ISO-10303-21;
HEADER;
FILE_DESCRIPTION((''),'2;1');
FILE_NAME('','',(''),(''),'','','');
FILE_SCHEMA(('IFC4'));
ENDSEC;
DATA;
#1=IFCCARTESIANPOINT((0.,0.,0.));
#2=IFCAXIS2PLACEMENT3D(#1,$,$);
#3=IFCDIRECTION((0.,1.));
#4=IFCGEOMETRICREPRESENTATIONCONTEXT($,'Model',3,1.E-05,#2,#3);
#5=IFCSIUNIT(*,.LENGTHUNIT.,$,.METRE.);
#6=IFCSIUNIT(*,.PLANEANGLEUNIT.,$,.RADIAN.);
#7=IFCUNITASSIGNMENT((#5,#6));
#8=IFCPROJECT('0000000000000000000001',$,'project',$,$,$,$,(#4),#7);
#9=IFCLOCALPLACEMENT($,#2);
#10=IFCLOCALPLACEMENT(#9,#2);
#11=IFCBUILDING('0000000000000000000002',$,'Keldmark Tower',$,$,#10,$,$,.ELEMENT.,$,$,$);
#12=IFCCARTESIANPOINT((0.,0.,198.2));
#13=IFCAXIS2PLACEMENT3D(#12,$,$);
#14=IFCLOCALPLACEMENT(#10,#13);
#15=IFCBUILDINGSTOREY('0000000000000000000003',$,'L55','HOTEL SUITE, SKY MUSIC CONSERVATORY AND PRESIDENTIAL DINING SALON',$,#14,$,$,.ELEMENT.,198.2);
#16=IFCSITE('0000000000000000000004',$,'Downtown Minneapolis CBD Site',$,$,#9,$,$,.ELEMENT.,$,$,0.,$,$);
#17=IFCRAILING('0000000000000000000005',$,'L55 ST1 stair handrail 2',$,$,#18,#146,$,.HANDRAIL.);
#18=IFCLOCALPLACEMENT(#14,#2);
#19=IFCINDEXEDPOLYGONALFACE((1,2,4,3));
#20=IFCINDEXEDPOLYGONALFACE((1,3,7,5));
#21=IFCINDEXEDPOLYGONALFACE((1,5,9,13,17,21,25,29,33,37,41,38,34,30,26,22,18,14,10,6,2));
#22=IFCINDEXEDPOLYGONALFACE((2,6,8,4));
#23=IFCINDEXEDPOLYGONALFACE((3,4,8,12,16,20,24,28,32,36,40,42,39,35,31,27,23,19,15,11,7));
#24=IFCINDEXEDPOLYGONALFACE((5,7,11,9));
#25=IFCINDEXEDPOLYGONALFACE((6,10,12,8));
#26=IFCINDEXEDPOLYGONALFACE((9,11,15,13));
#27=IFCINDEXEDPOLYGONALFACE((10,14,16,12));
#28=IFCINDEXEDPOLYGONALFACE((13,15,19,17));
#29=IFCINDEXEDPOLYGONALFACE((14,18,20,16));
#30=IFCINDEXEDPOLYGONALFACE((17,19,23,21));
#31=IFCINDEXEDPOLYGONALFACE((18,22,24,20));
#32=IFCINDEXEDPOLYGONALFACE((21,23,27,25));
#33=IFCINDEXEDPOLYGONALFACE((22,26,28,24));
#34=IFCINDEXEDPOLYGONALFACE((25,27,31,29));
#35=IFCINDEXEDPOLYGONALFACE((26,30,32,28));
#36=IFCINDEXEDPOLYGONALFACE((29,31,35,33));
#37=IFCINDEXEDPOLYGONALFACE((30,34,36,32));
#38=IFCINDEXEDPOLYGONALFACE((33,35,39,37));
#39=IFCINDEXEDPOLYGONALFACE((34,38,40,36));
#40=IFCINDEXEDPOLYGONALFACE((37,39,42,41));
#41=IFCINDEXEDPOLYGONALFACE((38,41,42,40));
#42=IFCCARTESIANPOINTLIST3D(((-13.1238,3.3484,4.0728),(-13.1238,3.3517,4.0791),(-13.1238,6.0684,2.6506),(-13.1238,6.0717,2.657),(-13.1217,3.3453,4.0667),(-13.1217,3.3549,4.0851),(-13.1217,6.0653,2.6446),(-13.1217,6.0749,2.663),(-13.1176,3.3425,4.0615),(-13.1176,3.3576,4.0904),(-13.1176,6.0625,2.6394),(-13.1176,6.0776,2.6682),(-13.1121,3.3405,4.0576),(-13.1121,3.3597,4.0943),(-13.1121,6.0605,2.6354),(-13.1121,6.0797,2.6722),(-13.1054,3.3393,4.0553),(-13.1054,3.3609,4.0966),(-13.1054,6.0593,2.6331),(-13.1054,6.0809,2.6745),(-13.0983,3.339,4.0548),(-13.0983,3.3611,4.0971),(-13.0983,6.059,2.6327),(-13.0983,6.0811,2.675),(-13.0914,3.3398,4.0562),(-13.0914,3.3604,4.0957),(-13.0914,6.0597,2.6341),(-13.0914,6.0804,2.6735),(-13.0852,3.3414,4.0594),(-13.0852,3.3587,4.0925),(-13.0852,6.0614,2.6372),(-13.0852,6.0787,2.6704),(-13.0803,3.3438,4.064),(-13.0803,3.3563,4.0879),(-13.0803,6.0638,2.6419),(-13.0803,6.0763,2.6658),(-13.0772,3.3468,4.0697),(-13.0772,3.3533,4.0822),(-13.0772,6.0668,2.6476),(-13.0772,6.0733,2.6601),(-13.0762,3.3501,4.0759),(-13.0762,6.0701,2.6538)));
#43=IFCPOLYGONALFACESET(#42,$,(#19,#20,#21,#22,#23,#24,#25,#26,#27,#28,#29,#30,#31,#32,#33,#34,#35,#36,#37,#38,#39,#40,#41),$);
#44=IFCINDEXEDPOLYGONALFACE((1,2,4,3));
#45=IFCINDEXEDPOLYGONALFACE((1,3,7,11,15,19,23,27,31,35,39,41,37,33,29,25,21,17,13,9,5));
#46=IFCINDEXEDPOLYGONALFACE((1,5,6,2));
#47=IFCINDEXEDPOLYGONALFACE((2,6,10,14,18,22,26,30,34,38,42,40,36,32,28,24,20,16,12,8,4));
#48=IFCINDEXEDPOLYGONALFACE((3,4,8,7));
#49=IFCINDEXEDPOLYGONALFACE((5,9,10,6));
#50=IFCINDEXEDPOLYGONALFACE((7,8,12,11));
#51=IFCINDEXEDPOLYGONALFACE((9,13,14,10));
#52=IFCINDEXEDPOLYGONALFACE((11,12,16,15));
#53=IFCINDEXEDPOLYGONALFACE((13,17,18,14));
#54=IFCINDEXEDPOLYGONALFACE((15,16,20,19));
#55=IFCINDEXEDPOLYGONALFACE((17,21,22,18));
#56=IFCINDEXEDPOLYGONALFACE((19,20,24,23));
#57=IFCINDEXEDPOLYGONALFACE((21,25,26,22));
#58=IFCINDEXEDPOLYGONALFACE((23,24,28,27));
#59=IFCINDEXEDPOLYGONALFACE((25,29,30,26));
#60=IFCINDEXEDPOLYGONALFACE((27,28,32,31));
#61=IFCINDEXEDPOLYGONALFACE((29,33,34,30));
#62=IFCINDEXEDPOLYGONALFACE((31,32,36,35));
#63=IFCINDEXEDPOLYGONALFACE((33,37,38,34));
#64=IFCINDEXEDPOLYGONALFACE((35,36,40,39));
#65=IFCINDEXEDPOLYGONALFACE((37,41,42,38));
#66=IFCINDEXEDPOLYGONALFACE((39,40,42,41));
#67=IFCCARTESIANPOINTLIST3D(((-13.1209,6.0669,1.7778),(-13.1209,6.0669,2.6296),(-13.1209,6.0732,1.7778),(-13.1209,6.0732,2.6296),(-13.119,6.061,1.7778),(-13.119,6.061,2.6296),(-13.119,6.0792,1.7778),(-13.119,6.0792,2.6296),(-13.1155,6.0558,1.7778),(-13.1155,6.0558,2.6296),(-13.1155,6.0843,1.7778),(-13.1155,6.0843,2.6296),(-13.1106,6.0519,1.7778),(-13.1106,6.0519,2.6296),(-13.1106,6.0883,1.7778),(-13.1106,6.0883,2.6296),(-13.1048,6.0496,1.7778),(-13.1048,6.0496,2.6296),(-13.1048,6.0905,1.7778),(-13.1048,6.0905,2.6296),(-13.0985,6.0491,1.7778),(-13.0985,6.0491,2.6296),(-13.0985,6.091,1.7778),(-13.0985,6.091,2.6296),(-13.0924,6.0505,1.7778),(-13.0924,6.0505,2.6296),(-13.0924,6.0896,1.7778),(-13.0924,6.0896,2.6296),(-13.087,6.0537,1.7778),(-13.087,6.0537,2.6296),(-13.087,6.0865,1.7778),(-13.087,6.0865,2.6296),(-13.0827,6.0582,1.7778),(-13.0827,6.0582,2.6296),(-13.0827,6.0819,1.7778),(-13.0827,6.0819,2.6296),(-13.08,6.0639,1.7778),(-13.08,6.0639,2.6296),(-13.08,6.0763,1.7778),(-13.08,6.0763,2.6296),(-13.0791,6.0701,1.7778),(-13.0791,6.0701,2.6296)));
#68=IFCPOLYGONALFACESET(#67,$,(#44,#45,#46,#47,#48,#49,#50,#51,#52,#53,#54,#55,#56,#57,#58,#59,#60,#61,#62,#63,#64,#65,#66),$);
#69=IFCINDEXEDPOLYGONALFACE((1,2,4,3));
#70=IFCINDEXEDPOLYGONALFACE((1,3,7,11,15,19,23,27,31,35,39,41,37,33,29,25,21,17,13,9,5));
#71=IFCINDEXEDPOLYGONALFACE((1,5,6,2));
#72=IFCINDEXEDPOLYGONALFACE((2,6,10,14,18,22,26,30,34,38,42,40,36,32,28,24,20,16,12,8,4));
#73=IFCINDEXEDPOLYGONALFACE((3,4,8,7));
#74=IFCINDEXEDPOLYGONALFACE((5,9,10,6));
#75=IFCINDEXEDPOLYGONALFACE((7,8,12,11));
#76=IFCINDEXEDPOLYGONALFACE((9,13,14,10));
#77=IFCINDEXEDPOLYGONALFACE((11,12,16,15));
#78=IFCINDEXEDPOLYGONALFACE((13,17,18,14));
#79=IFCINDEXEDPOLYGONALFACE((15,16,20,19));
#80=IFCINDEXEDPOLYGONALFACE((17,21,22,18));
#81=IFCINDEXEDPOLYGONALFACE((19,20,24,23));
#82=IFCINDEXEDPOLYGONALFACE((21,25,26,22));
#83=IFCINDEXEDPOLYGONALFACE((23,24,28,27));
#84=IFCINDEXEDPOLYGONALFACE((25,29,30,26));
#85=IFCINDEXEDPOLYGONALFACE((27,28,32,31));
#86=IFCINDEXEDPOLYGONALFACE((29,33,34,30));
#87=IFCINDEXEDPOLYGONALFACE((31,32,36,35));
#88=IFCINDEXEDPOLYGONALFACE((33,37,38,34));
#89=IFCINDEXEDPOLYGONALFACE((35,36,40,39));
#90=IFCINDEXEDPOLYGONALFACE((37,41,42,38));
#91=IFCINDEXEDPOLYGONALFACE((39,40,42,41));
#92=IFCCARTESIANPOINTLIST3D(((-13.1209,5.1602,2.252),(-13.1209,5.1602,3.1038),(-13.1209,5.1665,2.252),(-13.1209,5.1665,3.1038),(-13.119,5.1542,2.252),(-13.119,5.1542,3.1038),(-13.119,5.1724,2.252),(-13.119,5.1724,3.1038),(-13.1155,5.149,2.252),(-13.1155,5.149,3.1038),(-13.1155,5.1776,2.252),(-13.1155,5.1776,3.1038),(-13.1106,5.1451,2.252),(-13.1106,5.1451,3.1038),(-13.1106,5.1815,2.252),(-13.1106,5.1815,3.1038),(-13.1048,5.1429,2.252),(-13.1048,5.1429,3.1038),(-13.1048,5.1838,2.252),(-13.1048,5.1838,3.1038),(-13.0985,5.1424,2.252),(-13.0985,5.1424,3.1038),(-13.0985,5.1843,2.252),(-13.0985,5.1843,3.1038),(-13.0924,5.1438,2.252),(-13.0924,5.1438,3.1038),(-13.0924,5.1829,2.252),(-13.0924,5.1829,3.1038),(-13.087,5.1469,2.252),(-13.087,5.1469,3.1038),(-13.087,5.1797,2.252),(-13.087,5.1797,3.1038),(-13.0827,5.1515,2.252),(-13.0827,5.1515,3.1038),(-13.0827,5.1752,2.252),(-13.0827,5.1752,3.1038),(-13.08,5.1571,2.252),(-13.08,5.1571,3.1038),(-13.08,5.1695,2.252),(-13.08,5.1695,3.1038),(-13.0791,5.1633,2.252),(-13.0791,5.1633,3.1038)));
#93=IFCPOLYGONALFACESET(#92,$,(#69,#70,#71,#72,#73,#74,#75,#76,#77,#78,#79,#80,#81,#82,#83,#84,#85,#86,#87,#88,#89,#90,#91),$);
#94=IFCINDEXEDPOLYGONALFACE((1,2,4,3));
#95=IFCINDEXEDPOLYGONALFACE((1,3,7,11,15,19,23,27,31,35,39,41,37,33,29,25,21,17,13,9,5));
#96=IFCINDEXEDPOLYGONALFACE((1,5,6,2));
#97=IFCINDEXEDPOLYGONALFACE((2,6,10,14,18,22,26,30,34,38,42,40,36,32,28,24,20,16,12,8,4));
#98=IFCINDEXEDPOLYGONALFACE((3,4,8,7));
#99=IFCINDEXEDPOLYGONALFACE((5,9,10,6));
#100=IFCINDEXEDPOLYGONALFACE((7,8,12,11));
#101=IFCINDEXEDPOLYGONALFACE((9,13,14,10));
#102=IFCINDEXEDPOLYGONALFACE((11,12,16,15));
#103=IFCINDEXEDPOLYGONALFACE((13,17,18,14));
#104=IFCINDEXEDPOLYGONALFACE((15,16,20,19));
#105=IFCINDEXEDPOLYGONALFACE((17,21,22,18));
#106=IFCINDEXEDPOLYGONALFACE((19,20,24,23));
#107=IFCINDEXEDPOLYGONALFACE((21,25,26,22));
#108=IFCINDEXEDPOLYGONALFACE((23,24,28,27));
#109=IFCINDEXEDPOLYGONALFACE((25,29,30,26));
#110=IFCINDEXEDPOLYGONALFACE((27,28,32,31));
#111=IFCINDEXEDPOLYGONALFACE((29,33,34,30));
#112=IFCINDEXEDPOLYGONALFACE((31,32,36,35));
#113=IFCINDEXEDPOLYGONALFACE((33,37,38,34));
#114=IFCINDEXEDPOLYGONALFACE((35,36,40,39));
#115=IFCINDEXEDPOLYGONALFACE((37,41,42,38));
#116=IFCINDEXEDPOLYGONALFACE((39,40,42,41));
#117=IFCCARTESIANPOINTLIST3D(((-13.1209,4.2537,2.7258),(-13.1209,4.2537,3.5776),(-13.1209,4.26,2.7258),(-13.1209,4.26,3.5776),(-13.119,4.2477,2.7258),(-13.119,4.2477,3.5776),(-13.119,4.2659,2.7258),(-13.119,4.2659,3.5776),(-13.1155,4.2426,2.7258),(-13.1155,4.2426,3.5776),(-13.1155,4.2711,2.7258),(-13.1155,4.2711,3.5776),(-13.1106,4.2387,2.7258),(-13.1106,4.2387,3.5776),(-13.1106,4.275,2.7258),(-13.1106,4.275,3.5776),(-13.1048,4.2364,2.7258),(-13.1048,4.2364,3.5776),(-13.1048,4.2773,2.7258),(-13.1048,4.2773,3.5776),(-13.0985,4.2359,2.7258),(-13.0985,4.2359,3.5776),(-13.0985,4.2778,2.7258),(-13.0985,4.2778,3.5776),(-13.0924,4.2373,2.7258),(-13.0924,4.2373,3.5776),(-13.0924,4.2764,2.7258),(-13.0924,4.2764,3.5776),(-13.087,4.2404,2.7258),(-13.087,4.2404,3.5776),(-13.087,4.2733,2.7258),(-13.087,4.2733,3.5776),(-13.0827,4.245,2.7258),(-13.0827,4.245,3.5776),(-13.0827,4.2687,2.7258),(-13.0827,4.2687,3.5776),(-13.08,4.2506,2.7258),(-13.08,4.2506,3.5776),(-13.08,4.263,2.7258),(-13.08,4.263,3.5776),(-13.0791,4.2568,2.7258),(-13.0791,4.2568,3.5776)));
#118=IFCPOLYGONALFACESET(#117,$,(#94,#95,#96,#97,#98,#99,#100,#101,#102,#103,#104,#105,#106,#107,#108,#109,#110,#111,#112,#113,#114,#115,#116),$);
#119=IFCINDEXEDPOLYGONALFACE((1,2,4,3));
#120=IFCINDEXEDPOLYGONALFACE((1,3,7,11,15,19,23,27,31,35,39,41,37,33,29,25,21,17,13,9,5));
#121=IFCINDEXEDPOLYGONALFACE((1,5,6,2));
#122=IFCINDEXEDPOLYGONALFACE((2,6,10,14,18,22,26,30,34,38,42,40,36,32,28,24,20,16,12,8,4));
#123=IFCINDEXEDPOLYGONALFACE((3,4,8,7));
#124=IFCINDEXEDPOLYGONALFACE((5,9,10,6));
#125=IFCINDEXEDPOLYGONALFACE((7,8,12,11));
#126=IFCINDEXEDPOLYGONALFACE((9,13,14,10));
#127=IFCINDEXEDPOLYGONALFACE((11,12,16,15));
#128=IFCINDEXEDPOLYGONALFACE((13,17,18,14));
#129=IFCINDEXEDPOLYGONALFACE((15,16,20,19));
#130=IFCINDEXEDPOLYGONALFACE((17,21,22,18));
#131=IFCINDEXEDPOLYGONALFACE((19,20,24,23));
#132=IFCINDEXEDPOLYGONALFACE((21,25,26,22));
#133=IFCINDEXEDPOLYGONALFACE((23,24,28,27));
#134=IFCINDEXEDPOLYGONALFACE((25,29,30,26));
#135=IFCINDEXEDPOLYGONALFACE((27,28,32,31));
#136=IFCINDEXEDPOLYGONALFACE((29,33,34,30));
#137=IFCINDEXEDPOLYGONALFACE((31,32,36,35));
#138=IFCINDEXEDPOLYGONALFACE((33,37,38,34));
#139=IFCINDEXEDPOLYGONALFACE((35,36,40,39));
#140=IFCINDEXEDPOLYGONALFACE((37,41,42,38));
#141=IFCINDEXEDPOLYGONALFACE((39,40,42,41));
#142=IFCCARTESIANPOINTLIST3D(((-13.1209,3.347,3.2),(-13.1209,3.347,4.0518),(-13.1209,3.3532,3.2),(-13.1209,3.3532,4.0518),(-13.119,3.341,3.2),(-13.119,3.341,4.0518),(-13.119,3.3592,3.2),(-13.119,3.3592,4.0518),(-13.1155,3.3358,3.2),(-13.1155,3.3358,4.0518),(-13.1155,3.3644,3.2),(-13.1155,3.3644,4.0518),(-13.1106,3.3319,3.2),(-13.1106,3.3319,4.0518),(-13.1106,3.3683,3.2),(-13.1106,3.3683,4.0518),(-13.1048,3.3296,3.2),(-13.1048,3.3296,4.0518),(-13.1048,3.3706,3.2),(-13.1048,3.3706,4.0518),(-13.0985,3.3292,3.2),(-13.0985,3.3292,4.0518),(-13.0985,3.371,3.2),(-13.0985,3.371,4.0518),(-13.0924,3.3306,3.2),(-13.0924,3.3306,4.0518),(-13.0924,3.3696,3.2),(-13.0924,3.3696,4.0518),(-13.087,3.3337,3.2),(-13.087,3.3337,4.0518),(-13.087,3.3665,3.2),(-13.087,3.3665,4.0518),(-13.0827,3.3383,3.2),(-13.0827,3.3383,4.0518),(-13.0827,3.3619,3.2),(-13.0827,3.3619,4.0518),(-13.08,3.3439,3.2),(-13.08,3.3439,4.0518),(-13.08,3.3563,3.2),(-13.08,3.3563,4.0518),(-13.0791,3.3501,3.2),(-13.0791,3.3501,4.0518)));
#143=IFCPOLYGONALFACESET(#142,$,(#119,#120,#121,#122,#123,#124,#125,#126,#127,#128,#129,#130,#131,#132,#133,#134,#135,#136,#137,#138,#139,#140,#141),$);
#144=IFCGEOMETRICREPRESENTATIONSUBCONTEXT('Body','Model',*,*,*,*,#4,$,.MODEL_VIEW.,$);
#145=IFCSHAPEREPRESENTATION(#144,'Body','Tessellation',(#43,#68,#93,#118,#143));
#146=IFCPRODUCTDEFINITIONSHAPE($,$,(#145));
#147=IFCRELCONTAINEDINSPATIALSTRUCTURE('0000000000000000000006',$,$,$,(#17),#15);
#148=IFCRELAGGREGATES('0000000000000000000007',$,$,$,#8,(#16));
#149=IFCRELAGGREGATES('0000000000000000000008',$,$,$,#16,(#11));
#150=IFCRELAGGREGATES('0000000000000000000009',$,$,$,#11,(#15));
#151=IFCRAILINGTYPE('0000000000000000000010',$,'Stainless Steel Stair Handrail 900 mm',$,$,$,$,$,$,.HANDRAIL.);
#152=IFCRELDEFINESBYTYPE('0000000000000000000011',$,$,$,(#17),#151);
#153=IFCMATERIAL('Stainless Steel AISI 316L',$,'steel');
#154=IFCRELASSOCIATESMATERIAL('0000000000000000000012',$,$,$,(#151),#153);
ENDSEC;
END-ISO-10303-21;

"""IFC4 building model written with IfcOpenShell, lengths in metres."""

from ifc_helpers import new_model, si_unit, direction, frame, origin, origin_2d, place, context, subcontext, project, spatial, circle, extrude, material, type_object, element, save


model = new_model("IFC4")

# Units and contexts
model_context = context("Model", 3, precision=1e-05, world=origin(), true_north=direction((0.0, 1.0)))
body_context = subcontext(model_context, "Body", "Model", "MODEL_VIEW")
ifc_project = project(units=[si_unit("LENGTHUNIT", "METRE"), si_unit("PLANEANGLEUNIT", "RADIAN")], contexts=[model_context])

# Site, building, storey
site_placement = place(None, origin())
site = spatial("IfcSite", under=ifc_project, at=site_placement, Name="Downtown Minneapolis CBD Site", CompositionType="ELEMENT", RefElevation=0.0)
building_placement = place(site_placement, origin())
building = spatial("IfcBuilding", under=site, at=building_placement, Name="Keldmark Tower", CompositionType="ELEMENT")
storey_placement = place(building_placement, frame((0.0, 0.0, 198.2)))
storey = spatial("IfcBuildingStorey", under=building, at=storey_placement, Name="L55", Description="HOTEL SUITE, SKY MUSIC CONSERVATORY AND PRESIDENTIAL DINING SALON", CompositionType="ELEMENT", Elevation=198.2)

# Railing
ifc_material_1 = material(Name="Stainless Steel AISI 316L", Category="steel")
railing_type_1 = type_object("IfcRailingType", Name="Stainless Steel Stair Handrail 900 mm", PredefinedType="HANDRAIL", material=ifc_material_1)
railing_1_placement = place(storey_placement, frame((-13.1001, 6.0701, 1.7778)))
element("IfcRailing", 1, at=railing_1_placement, inside=storey, type_object=railing_type_1, Name="L55 ST1 stair handrail 2", PredefinedType="HANDRAIL", context=body_context, shape_type="SweptSolid", body=[
    extrude(circle(Radius=0.0239, at=origin_2d()), frame((0.0, 0.0, 0.876), z_axis=(0.0, -0.886183, 0.463335), x_axis=(1.0, 0.0, 0.0)), (0.0, 0.0, 1.0), 3.0693),
    extrude(circle(Radius=0.021, at=origin_2d()), origin(), (0.0, 0.0, 1.0), 0.8518),
    extrude(circle(Radius=0.021, at=origin_2d()), frame((0.0, -0.9067, 0.4741)), (0.0, 0.0, 1.0), 0.8518),
    extrude(circle(Radius=0.021, at=origin_2d()), frame((0.0, -1.8132, 0.948)), (0.0, 0.0, 1.0), 0.8518),
    extrude(circle(Radius=0.021, at=origin_2d()), frame((0.0, -2.72, 1.4221)), (0.0, 0.0, 1.0), 0.8518),
])

save(model, "model.ifc")
